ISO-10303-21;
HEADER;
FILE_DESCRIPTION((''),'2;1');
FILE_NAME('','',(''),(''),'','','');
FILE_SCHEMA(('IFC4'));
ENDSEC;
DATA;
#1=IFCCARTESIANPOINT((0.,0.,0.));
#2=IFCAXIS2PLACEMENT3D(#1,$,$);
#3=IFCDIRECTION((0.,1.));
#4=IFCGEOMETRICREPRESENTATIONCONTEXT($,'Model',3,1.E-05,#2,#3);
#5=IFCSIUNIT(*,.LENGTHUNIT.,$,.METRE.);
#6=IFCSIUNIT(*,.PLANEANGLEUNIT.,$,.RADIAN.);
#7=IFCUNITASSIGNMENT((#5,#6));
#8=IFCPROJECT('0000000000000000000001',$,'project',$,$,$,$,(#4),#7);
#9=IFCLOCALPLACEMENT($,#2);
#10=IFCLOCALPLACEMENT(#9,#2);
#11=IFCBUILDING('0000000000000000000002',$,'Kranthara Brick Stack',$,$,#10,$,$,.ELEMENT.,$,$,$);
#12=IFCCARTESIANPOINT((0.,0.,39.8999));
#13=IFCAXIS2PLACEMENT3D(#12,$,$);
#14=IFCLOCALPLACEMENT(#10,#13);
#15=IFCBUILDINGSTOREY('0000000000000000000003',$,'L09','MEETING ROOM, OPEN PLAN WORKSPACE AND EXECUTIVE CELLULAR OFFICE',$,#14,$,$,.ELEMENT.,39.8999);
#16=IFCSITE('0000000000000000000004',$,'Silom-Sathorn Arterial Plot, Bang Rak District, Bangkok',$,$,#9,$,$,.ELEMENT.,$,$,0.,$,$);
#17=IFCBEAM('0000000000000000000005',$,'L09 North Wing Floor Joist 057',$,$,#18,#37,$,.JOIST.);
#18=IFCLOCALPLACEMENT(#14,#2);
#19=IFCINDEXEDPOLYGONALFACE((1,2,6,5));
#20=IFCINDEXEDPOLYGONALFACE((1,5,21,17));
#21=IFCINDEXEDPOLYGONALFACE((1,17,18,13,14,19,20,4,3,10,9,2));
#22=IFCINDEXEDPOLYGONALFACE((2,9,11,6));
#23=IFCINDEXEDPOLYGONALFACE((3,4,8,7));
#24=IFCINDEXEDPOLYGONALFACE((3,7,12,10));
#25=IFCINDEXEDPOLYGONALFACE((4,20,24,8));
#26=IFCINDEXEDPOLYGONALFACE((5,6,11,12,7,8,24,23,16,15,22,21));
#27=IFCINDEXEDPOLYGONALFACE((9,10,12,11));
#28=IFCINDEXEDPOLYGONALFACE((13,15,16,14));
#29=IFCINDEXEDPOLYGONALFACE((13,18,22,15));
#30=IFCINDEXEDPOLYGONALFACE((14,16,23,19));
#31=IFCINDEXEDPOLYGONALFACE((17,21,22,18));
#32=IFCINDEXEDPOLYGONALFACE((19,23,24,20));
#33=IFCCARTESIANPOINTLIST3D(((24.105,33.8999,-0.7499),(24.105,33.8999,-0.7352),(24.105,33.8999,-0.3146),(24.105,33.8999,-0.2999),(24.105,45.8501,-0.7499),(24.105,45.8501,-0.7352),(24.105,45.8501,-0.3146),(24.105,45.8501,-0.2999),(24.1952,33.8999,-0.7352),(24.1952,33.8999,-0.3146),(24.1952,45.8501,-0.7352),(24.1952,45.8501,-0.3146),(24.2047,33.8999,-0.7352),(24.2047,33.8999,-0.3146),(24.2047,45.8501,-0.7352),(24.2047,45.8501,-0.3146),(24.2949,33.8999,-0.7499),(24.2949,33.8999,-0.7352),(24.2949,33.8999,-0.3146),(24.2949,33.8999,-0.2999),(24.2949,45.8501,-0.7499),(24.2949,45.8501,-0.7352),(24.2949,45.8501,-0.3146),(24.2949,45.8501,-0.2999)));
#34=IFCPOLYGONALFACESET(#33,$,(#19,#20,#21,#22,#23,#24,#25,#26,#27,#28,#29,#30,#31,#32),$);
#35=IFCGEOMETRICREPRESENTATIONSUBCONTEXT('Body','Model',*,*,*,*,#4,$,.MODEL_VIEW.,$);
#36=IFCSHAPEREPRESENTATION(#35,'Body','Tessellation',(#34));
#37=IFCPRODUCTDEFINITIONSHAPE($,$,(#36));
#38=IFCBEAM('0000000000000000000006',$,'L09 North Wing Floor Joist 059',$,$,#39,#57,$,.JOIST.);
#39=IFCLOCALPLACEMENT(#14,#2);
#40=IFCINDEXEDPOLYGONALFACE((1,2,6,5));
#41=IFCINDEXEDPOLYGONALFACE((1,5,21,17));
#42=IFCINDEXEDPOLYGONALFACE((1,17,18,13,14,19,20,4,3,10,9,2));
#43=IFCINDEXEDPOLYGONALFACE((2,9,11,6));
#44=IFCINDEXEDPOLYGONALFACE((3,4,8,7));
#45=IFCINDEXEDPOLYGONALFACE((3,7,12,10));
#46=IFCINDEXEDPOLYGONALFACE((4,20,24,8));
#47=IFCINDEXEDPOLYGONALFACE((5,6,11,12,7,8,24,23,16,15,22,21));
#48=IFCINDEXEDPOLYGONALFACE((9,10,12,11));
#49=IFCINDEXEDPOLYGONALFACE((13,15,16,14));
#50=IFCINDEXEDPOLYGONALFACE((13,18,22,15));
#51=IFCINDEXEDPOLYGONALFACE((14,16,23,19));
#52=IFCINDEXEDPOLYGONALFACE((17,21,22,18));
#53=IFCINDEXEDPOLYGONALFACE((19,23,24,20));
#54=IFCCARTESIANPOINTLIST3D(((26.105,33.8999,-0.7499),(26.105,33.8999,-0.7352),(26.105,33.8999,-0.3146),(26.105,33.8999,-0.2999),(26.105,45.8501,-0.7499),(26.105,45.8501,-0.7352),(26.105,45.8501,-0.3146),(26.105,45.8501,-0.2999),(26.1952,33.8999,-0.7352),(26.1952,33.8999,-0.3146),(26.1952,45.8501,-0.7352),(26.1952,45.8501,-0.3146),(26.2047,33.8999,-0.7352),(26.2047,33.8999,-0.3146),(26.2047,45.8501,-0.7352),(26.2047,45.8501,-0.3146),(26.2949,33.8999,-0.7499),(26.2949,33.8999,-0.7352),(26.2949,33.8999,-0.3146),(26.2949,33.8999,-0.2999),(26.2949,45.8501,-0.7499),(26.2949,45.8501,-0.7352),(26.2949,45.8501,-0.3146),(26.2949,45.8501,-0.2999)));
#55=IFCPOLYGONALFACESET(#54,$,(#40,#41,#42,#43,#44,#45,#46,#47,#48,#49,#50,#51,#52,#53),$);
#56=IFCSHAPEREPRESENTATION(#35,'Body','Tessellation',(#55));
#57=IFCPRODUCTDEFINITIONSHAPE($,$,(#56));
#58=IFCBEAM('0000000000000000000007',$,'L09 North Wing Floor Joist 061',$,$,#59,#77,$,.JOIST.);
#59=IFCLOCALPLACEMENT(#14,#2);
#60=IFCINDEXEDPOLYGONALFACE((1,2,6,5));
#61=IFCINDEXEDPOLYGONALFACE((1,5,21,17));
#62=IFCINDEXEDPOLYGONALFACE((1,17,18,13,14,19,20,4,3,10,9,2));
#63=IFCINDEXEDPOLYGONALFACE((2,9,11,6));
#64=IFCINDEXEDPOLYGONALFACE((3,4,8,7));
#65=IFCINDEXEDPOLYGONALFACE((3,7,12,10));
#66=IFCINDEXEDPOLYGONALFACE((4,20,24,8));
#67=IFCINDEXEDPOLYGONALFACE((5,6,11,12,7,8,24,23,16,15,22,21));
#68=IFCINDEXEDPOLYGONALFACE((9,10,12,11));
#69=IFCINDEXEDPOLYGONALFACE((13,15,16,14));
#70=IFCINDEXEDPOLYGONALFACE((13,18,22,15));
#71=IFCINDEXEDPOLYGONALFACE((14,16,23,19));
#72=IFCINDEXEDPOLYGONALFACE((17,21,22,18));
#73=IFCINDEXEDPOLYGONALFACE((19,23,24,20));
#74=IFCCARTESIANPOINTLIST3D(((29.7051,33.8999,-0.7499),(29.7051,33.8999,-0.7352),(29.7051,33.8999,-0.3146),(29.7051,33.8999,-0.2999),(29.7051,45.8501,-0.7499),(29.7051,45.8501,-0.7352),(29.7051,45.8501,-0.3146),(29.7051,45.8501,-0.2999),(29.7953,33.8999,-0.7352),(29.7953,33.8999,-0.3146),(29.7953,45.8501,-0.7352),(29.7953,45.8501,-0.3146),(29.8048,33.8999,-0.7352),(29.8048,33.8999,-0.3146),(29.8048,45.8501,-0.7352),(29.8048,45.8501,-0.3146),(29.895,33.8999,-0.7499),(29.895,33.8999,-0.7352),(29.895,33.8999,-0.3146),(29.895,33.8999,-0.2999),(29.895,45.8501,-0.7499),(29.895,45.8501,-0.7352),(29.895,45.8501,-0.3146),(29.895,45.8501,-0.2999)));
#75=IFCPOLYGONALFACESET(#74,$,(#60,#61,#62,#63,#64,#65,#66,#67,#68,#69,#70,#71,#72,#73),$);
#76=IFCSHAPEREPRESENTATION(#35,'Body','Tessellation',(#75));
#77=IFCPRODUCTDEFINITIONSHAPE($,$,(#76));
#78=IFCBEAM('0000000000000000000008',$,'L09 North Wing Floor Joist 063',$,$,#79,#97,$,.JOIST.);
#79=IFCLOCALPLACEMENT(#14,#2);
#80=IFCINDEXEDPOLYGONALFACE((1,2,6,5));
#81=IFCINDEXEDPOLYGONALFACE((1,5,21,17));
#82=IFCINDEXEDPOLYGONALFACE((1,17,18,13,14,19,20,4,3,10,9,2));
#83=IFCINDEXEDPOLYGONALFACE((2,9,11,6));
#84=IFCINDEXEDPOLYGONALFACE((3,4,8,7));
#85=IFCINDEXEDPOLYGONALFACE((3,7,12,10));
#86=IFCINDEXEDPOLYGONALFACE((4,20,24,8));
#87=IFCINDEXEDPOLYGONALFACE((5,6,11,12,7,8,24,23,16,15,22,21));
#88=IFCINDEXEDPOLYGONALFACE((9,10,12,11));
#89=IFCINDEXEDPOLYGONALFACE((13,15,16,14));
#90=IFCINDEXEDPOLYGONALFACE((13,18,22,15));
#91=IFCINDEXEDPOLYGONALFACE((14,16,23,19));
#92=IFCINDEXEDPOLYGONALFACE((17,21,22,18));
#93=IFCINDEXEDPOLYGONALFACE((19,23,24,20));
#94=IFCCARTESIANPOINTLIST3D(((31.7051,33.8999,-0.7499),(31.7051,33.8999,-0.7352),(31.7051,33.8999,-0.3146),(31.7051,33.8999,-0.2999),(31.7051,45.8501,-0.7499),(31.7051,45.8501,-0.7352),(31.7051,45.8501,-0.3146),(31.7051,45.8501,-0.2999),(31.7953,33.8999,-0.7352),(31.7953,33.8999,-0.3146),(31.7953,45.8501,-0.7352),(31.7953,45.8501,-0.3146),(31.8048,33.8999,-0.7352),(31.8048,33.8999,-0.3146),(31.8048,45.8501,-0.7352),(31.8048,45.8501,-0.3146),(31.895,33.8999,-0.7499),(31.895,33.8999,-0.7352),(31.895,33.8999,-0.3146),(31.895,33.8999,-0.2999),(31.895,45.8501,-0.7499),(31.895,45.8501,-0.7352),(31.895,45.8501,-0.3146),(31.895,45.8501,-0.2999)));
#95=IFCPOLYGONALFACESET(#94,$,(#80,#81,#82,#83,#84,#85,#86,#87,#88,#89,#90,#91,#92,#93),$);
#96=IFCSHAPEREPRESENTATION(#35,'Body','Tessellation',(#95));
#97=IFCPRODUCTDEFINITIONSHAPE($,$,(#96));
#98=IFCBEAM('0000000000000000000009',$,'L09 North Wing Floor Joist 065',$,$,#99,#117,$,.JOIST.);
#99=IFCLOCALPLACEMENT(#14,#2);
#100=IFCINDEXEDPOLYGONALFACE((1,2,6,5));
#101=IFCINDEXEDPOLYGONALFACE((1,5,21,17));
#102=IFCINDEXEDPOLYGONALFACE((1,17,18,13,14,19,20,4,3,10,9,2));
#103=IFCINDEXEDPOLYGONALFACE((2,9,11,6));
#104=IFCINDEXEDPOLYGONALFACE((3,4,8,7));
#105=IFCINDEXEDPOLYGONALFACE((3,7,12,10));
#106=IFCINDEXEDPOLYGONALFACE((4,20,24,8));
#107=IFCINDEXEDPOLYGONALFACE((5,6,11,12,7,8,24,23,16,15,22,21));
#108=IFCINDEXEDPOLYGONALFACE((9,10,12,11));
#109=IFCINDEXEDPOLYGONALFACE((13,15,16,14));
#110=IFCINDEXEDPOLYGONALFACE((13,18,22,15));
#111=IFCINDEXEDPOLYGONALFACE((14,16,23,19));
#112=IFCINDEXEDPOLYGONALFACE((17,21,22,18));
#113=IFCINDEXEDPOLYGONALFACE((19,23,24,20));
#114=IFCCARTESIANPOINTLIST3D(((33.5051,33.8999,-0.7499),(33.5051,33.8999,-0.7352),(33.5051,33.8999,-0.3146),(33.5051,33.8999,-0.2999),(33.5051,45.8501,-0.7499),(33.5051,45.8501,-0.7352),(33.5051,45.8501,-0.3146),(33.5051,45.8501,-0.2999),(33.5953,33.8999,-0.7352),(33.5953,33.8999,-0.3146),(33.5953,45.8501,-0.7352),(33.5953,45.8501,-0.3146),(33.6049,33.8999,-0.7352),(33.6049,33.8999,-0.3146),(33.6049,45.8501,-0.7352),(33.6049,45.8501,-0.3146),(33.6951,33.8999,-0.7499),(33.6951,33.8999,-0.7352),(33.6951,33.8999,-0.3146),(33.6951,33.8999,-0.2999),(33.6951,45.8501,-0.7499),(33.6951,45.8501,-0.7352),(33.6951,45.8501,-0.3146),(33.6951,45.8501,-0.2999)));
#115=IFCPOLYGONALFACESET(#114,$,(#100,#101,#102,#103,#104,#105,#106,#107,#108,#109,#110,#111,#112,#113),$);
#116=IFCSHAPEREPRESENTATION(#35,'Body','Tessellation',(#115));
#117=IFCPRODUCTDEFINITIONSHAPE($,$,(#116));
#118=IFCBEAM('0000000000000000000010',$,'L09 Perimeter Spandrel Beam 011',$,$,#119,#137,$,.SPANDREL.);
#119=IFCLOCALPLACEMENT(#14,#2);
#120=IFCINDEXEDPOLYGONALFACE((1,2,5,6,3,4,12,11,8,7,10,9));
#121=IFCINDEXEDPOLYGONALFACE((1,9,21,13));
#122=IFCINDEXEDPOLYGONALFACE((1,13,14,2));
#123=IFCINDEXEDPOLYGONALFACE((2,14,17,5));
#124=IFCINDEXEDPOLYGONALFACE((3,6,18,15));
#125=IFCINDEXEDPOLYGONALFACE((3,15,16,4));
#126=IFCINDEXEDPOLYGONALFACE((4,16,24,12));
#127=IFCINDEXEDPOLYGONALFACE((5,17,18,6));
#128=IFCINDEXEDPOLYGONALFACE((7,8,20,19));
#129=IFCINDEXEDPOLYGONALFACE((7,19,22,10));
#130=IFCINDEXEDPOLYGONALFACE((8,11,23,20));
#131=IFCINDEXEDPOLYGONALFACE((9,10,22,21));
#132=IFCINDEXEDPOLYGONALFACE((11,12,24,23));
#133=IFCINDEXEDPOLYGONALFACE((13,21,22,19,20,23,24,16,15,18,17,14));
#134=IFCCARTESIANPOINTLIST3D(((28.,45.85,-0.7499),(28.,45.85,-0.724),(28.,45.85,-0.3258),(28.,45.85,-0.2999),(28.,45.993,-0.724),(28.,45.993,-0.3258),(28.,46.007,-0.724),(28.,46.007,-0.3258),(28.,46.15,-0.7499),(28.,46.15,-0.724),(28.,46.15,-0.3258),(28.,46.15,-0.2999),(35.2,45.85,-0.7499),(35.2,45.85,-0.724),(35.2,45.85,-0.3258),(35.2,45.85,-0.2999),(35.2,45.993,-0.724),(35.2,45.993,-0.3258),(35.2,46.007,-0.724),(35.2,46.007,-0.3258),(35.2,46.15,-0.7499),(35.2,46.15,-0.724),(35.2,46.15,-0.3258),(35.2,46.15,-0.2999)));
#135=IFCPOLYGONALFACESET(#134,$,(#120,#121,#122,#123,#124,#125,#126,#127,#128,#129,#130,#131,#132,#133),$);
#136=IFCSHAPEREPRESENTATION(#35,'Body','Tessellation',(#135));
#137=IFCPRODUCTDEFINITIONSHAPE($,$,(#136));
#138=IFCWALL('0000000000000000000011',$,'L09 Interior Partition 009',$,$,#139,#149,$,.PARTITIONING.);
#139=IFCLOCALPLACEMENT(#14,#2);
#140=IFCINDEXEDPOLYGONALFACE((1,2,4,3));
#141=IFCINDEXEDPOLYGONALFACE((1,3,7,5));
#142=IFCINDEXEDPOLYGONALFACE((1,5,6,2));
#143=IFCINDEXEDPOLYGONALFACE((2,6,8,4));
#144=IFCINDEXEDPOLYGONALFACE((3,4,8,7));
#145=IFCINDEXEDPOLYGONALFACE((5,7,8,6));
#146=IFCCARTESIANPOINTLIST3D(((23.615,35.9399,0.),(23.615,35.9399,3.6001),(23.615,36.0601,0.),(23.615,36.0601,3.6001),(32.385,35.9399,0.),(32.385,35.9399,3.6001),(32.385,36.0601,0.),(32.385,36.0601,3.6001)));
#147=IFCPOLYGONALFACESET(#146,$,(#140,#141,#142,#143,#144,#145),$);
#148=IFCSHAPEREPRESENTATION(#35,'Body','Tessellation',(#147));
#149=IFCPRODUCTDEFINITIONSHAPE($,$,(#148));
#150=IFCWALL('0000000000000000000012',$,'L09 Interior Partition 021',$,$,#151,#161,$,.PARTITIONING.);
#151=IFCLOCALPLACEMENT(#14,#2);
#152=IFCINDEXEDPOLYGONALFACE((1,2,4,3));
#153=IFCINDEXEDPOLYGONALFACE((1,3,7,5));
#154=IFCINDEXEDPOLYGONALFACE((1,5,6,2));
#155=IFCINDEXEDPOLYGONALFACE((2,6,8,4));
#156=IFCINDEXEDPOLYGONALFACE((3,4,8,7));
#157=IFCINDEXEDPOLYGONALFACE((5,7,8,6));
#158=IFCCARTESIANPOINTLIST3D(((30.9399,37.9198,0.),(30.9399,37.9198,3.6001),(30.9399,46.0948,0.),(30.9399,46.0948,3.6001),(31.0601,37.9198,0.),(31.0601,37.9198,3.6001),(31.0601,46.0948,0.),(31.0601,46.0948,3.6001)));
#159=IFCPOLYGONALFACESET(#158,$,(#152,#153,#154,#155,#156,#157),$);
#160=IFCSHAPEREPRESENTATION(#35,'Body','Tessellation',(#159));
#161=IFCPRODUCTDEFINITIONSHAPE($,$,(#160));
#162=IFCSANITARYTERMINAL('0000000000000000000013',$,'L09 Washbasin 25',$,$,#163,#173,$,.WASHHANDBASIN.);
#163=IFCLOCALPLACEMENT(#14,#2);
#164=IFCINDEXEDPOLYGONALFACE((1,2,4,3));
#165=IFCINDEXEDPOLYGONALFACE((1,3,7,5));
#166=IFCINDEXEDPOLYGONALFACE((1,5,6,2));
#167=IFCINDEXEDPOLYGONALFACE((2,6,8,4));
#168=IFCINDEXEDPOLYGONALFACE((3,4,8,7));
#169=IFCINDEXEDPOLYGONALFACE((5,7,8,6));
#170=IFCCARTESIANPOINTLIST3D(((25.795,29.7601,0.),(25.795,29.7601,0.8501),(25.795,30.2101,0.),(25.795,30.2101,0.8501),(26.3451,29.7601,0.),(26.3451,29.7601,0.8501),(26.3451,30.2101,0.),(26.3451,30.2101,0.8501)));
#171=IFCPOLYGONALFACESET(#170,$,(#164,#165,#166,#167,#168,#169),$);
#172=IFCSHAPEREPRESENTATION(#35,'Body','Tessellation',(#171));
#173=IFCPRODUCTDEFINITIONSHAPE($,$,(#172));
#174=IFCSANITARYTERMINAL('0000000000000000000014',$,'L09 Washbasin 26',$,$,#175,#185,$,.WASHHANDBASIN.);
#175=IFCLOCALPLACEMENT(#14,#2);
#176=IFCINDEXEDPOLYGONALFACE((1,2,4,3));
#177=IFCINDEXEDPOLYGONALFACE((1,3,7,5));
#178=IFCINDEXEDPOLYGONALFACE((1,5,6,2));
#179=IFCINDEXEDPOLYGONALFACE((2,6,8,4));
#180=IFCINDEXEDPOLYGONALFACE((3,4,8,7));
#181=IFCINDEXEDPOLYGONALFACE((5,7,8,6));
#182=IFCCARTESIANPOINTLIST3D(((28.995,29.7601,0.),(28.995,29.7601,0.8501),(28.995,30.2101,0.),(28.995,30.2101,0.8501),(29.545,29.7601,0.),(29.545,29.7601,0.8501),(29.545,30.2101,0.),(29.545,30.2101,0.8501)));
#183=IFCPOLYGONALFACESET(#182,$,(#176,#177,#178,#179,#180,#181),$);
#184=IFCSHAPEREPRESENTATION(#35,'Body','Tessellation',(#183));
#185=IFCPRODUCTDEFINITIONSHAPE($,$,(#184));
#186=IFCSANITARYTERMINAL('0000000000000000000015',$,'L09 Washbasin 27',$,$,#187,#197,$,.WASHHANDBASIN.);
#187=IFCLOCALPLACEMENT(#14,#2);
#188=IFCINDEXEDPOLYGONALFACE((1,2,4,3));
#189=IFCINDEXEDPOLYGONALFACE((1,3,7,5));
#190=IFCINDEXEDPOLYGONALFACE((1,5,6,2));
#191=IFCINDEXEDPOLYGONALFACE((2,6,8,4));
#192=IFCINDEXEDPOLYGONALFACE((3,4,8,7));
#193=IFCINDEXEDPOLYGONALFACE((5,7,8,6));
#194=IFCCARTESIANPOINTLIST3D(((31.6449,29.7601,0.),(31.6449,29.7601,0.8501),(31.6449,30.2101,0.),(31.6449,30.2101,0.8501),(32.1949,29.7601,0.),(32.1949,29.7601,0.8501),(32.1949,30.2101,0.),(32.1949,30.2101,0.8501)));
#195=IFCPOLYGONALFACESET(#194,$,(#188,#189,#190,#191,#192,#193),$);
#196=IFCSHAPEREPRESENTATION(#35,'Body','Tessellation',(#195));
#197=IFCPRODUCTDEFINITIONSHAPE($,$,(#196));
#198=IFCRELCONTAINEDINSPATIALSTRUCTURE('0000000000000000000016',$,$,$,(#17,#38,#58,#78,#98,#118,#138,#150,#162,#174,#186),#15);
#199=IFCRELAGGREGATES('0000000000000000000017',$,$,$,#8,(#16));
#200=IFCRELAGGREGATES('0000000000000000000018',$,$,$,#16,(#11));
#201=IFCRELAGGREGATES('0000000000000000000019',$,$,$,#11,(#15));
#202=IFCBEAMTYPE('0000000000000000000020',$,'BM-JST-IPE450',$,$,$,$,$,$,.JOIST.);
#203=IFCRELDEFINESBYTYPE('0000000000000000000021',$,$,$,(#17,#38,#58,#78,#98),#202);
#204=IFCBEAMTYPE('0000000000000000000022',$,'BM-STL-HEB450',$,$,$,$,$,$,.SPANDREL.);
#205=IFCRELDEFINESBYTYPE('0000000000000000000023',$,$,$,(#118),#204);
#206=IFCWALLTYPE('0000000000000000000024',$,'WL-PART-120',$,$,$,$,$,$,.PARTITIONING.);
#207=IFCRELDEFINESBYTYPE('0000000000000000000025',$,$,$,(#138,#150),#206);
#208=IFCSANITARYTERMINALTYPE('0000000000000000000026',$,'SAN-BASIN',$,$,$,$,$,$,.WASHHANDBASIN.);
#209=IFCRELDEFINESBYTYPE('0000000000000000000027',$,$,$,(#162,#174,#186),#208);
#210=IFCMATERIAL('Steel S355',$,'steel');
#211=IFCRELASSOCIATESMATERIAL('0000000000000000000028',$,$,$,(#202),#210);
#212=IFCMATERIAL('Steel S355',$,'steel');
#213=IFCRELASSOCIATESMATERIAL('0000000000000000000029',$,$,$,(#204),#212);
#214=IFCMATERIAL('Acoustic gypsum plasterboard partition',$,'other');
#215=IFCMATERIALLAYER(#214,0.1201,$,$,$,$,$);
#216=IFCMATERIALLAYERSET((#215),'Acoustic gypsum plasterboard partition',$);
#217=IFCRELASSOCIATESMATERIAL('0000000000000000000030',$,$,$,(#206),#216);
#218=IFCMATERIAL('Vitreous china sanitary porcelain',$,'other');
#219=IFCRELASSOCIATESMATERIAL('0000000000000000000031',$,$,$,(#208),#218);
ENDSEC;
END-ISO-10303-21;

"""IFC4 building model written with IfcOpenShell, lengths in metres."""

from ifc_helpers import new_model, si_unit, direction, frame, frame_2d, origin, origin_2d, place, context, subcontext, project, spatial, rectangle, i_section, extrude, material, layer, layer_set, material_profile, profile_set, type_object, element, save


model = new_model("IFC4")

# Units and contexts
model_context = context("Model", 3, precision=1e-05, world=origin(), true_north=direction((0.0, 1.0)))
body_context = subcontext(model_context, "Body", "Model", "MODEL_VIEW")
ifc_project = project(units=[si_unit("LENGTHUNIT", "METRE"), si_unit("PLANEANGLEUNIT", "RADIAN")], contexts=[model_context])

# Site, building, storey
site_placement = place(None, origin())
site = spatial("IfcSite", under=ifc_project, at=site_placement, Name="Silom-Sathorn Arterial Plot, Bang Rak District, Bangkok", CompositionType="ELEMENT", RefElevation=0.0)
building_placement = place(site_placement, origin())
building = spatial("IfcBuilding", under=site, at=building_placement, Name="Kranthara Brick Stack", CompositionType="ELEMENT")
storey_placement = place(building_placement, frame((0.0, 0.0, 39.8999)))
storey = spatial("IfcBuildingStorey", under=building, at=storey_placement, Name="L09", Description="MEETING ROOM, OPEN PLAN WORKSPACE AND EXECUTIVE CELLULAR OFFICE", CompositionType="ELEMENT", Elevation=39.8999)

# Beams
ifc_material_1 = material(Name="Steel S355", Category="steel")
ifc_material_profile_1 = material_profile(ifc_material_1, i_section(OverallWidth=0.1899, OverallDepth=0.45, WebThickness=0.0095, FlangeThickness=0.0146, at=origin_2d()), Name="IPE 450")
ifc_profile_set_1 = profile_set([ifc_material_profile_1], Name="Steel S355")
beam_type_1 = type_object("IfcBeamType", Name="BM-JST-IPE450", PredefinedType="JOIST", material=ifc_profile_set_1)
for number, where, z_axis, x_axis, name in (
    (1, (24.2, 33.8999, -0.5249), (0.0, 1.0, 0.0), (-1.0, 0.0, 0.0), "L09 North Wing Floor Joist 057"),
    (2, (26.2, 33.8999, -0.5249), (0.0, 1.0, 0.0), (-1.0, 0.0, 0.0), "L09 North Wing Floor Joist 059"),
    (3, (29.8, 33.8999, -0.5249), (0.0, 1.0, 0.0), (-1.0, 0.0, 0.0), "L09 North Wing Floor Joist 061"),
    (4, (31.8, 33.8999, -0.5249), (0.0, 1.0, 0.0), (-1.0, 0.0, 0.0), "L09 North Wing Floor Joist 063"),
    (5, (33.6001, 33.8999, -0.5249), (0.0, 1.0, 0.0), (-1.0, 0.0, 0.0), "L09 North Wing Floor Joist 065"),
):
    element("IfcBeam", number, at=place(storey_placement, frame(where, z_axis=z_axis, x_axis=x_axis)), inside=storey, type_object=beam_type_1, Name=name, PredefinedType="JOIST", context=body_context, shape_type="SweptSolid", body=[
        extrude(i_section(OverallWidth=0.1899, OverallDepth=0.45, WebThickness=0.0095, FlangeThickness=0.0146, at=origin_2d()), origin(), (0.0, 0.0, 1.0), 11.9502),
    ])
ifc_material_2 = material(Name="Steel S355", Category="steel")
ifc_material_profile_2 = material_profile(ifc_material_2, i_section(OverallWidth=0.3, OverallDepth=0.45, WebThickness=0.0139, FlangeThickness=0.0259, at=origin_2d()), Name="HEB 450")
ifc_profile_set_2 = profile_set([ifc_material_profile_2], Name="Steel S355")
beam_type_2 = type_object("IfcBeamType", Name="BM-STL-HEB450", PredefinedType="SPANDREL", material=ifc_profile_set_2)
beam_1_placement = place(storey_placement, frame((28.0, 46.0, -0.5249), z_axis=(1.0, 0.0, 0.0), x_axis=(0.0, 1.0, 0.0)))
element("IfcBeam", 6, at=beam_1_placement, inside=storey, type_object=beam_type_2, Name="L09 Perimeter Spandrel Beam 011", PredefinedType="SPANDREL", context=body_context, shape_type="SweptSolid", body=[
    extrude(i_section(OverallWidth=0.3, OverallDepth=0.45, WebThickness=0.0139, FlangeThickness=0.0259, at=origin_2d()), origin(), (0.0, 0.0, 1.0), 7.2),
])

# Walls
ifc_material_3 = material(Name="Acoustic gypsum plasterboard partition", Category="other")
ifc_layer = layer(ifc_material_3, 0.1201)
ifc_layer_set = layer_set([ifc_layer], Name="Acoustic gypsum plasterboard partition")
wall_type = type_object("IfcWallType", Name="WL-PART-120", PredefinedType="PARTITIONING", material=ifc_layer_set)
wall_1_placement = place(storey_placement, frame((23.615, 36.0, 0.0), z_axis=(0.0, 0.0, 1.0), x_axis=(1.0, 0.0, 0.0)))
element("IfcWall", 7, at=wall_1_placement, inside=storey, type_object=wall_type, Name="L09 Interior Partition 009", PredefinedType="PARTITIONING", context=body_context, shape_type="SweptSolid", body=[
    extrude(rectangle(XDim=8.77, YDim=0.1201, at=frame_2d((4.385, 0.0))), origin(), (0.0, 0.0, 1.0), 3.6001),
])
wall_2_placement = place(storey_placement, frame((31.0, 37.9199, 0.0), z_axis=(0.0, 0.0, 1.0), x_axis=(0.0, 1.0, 0.0)))
element("IfcWall", 8, at=wall_2_placement, inside=storey, type_object=wall_type, Name="L09 Interior Partition 021", PredefinedType="PARTITIONING", context=body_context, shape_type="SweptSolid", body=[
    extrude(rectangle(XDim=8.175, YDim=0.1201, at=frame_2d((4.0874, 0.0))), origin(), (0.0, 0.0, 1.0), 3.6001),
])

# Sanitary terminals
ifc_material_4 = material(Name="Vitreous china sanitary porcelain", Category="other")
sanitary_terminal_type_1 = type_object("IfcSanitaryTerminalType", Name="SAN-BASIN", PredefinedType="WASHHANDBASIN", material=ifc_material_4)
for number, where, z_axis, x_axis, name in (
    (9, (26.0701, 29.9851, 0.0), (0.0, 0.0, 1.0), (1.0, 0.0, 0.0), "L09 Washbasin 25"),
    (10, (29.27, 29.9851, 0.0), (0.0, 0.0, 1.0), (1.0, 0.0, 0.0), "L09 Washbasin 26"),
    (11, (31.9199, 29.9851, 0.0), (0.0, 0.0, 1.0), (1.0, 0.0, 0.0), "L09 Washbasin 27"),
):
    element("IfcSanitaryTerminal", number, at=place(storey_placement, frame(where, z_axis=z_axis, x_axis=x_axis)), inside=storey, type_object=sanitary_terminal_type_1, Name=name, PredefinedType="WASHHANDBASIN", context=body_context, shape_type="SweptSolid", body=[
        extrude(rectangle(XDim=0.55, YDim=0.45, at=origin_2d()), origin(), (0.0, 0.0, 1.0), 0.8501),
    ])

save(model, "model.ifc")
